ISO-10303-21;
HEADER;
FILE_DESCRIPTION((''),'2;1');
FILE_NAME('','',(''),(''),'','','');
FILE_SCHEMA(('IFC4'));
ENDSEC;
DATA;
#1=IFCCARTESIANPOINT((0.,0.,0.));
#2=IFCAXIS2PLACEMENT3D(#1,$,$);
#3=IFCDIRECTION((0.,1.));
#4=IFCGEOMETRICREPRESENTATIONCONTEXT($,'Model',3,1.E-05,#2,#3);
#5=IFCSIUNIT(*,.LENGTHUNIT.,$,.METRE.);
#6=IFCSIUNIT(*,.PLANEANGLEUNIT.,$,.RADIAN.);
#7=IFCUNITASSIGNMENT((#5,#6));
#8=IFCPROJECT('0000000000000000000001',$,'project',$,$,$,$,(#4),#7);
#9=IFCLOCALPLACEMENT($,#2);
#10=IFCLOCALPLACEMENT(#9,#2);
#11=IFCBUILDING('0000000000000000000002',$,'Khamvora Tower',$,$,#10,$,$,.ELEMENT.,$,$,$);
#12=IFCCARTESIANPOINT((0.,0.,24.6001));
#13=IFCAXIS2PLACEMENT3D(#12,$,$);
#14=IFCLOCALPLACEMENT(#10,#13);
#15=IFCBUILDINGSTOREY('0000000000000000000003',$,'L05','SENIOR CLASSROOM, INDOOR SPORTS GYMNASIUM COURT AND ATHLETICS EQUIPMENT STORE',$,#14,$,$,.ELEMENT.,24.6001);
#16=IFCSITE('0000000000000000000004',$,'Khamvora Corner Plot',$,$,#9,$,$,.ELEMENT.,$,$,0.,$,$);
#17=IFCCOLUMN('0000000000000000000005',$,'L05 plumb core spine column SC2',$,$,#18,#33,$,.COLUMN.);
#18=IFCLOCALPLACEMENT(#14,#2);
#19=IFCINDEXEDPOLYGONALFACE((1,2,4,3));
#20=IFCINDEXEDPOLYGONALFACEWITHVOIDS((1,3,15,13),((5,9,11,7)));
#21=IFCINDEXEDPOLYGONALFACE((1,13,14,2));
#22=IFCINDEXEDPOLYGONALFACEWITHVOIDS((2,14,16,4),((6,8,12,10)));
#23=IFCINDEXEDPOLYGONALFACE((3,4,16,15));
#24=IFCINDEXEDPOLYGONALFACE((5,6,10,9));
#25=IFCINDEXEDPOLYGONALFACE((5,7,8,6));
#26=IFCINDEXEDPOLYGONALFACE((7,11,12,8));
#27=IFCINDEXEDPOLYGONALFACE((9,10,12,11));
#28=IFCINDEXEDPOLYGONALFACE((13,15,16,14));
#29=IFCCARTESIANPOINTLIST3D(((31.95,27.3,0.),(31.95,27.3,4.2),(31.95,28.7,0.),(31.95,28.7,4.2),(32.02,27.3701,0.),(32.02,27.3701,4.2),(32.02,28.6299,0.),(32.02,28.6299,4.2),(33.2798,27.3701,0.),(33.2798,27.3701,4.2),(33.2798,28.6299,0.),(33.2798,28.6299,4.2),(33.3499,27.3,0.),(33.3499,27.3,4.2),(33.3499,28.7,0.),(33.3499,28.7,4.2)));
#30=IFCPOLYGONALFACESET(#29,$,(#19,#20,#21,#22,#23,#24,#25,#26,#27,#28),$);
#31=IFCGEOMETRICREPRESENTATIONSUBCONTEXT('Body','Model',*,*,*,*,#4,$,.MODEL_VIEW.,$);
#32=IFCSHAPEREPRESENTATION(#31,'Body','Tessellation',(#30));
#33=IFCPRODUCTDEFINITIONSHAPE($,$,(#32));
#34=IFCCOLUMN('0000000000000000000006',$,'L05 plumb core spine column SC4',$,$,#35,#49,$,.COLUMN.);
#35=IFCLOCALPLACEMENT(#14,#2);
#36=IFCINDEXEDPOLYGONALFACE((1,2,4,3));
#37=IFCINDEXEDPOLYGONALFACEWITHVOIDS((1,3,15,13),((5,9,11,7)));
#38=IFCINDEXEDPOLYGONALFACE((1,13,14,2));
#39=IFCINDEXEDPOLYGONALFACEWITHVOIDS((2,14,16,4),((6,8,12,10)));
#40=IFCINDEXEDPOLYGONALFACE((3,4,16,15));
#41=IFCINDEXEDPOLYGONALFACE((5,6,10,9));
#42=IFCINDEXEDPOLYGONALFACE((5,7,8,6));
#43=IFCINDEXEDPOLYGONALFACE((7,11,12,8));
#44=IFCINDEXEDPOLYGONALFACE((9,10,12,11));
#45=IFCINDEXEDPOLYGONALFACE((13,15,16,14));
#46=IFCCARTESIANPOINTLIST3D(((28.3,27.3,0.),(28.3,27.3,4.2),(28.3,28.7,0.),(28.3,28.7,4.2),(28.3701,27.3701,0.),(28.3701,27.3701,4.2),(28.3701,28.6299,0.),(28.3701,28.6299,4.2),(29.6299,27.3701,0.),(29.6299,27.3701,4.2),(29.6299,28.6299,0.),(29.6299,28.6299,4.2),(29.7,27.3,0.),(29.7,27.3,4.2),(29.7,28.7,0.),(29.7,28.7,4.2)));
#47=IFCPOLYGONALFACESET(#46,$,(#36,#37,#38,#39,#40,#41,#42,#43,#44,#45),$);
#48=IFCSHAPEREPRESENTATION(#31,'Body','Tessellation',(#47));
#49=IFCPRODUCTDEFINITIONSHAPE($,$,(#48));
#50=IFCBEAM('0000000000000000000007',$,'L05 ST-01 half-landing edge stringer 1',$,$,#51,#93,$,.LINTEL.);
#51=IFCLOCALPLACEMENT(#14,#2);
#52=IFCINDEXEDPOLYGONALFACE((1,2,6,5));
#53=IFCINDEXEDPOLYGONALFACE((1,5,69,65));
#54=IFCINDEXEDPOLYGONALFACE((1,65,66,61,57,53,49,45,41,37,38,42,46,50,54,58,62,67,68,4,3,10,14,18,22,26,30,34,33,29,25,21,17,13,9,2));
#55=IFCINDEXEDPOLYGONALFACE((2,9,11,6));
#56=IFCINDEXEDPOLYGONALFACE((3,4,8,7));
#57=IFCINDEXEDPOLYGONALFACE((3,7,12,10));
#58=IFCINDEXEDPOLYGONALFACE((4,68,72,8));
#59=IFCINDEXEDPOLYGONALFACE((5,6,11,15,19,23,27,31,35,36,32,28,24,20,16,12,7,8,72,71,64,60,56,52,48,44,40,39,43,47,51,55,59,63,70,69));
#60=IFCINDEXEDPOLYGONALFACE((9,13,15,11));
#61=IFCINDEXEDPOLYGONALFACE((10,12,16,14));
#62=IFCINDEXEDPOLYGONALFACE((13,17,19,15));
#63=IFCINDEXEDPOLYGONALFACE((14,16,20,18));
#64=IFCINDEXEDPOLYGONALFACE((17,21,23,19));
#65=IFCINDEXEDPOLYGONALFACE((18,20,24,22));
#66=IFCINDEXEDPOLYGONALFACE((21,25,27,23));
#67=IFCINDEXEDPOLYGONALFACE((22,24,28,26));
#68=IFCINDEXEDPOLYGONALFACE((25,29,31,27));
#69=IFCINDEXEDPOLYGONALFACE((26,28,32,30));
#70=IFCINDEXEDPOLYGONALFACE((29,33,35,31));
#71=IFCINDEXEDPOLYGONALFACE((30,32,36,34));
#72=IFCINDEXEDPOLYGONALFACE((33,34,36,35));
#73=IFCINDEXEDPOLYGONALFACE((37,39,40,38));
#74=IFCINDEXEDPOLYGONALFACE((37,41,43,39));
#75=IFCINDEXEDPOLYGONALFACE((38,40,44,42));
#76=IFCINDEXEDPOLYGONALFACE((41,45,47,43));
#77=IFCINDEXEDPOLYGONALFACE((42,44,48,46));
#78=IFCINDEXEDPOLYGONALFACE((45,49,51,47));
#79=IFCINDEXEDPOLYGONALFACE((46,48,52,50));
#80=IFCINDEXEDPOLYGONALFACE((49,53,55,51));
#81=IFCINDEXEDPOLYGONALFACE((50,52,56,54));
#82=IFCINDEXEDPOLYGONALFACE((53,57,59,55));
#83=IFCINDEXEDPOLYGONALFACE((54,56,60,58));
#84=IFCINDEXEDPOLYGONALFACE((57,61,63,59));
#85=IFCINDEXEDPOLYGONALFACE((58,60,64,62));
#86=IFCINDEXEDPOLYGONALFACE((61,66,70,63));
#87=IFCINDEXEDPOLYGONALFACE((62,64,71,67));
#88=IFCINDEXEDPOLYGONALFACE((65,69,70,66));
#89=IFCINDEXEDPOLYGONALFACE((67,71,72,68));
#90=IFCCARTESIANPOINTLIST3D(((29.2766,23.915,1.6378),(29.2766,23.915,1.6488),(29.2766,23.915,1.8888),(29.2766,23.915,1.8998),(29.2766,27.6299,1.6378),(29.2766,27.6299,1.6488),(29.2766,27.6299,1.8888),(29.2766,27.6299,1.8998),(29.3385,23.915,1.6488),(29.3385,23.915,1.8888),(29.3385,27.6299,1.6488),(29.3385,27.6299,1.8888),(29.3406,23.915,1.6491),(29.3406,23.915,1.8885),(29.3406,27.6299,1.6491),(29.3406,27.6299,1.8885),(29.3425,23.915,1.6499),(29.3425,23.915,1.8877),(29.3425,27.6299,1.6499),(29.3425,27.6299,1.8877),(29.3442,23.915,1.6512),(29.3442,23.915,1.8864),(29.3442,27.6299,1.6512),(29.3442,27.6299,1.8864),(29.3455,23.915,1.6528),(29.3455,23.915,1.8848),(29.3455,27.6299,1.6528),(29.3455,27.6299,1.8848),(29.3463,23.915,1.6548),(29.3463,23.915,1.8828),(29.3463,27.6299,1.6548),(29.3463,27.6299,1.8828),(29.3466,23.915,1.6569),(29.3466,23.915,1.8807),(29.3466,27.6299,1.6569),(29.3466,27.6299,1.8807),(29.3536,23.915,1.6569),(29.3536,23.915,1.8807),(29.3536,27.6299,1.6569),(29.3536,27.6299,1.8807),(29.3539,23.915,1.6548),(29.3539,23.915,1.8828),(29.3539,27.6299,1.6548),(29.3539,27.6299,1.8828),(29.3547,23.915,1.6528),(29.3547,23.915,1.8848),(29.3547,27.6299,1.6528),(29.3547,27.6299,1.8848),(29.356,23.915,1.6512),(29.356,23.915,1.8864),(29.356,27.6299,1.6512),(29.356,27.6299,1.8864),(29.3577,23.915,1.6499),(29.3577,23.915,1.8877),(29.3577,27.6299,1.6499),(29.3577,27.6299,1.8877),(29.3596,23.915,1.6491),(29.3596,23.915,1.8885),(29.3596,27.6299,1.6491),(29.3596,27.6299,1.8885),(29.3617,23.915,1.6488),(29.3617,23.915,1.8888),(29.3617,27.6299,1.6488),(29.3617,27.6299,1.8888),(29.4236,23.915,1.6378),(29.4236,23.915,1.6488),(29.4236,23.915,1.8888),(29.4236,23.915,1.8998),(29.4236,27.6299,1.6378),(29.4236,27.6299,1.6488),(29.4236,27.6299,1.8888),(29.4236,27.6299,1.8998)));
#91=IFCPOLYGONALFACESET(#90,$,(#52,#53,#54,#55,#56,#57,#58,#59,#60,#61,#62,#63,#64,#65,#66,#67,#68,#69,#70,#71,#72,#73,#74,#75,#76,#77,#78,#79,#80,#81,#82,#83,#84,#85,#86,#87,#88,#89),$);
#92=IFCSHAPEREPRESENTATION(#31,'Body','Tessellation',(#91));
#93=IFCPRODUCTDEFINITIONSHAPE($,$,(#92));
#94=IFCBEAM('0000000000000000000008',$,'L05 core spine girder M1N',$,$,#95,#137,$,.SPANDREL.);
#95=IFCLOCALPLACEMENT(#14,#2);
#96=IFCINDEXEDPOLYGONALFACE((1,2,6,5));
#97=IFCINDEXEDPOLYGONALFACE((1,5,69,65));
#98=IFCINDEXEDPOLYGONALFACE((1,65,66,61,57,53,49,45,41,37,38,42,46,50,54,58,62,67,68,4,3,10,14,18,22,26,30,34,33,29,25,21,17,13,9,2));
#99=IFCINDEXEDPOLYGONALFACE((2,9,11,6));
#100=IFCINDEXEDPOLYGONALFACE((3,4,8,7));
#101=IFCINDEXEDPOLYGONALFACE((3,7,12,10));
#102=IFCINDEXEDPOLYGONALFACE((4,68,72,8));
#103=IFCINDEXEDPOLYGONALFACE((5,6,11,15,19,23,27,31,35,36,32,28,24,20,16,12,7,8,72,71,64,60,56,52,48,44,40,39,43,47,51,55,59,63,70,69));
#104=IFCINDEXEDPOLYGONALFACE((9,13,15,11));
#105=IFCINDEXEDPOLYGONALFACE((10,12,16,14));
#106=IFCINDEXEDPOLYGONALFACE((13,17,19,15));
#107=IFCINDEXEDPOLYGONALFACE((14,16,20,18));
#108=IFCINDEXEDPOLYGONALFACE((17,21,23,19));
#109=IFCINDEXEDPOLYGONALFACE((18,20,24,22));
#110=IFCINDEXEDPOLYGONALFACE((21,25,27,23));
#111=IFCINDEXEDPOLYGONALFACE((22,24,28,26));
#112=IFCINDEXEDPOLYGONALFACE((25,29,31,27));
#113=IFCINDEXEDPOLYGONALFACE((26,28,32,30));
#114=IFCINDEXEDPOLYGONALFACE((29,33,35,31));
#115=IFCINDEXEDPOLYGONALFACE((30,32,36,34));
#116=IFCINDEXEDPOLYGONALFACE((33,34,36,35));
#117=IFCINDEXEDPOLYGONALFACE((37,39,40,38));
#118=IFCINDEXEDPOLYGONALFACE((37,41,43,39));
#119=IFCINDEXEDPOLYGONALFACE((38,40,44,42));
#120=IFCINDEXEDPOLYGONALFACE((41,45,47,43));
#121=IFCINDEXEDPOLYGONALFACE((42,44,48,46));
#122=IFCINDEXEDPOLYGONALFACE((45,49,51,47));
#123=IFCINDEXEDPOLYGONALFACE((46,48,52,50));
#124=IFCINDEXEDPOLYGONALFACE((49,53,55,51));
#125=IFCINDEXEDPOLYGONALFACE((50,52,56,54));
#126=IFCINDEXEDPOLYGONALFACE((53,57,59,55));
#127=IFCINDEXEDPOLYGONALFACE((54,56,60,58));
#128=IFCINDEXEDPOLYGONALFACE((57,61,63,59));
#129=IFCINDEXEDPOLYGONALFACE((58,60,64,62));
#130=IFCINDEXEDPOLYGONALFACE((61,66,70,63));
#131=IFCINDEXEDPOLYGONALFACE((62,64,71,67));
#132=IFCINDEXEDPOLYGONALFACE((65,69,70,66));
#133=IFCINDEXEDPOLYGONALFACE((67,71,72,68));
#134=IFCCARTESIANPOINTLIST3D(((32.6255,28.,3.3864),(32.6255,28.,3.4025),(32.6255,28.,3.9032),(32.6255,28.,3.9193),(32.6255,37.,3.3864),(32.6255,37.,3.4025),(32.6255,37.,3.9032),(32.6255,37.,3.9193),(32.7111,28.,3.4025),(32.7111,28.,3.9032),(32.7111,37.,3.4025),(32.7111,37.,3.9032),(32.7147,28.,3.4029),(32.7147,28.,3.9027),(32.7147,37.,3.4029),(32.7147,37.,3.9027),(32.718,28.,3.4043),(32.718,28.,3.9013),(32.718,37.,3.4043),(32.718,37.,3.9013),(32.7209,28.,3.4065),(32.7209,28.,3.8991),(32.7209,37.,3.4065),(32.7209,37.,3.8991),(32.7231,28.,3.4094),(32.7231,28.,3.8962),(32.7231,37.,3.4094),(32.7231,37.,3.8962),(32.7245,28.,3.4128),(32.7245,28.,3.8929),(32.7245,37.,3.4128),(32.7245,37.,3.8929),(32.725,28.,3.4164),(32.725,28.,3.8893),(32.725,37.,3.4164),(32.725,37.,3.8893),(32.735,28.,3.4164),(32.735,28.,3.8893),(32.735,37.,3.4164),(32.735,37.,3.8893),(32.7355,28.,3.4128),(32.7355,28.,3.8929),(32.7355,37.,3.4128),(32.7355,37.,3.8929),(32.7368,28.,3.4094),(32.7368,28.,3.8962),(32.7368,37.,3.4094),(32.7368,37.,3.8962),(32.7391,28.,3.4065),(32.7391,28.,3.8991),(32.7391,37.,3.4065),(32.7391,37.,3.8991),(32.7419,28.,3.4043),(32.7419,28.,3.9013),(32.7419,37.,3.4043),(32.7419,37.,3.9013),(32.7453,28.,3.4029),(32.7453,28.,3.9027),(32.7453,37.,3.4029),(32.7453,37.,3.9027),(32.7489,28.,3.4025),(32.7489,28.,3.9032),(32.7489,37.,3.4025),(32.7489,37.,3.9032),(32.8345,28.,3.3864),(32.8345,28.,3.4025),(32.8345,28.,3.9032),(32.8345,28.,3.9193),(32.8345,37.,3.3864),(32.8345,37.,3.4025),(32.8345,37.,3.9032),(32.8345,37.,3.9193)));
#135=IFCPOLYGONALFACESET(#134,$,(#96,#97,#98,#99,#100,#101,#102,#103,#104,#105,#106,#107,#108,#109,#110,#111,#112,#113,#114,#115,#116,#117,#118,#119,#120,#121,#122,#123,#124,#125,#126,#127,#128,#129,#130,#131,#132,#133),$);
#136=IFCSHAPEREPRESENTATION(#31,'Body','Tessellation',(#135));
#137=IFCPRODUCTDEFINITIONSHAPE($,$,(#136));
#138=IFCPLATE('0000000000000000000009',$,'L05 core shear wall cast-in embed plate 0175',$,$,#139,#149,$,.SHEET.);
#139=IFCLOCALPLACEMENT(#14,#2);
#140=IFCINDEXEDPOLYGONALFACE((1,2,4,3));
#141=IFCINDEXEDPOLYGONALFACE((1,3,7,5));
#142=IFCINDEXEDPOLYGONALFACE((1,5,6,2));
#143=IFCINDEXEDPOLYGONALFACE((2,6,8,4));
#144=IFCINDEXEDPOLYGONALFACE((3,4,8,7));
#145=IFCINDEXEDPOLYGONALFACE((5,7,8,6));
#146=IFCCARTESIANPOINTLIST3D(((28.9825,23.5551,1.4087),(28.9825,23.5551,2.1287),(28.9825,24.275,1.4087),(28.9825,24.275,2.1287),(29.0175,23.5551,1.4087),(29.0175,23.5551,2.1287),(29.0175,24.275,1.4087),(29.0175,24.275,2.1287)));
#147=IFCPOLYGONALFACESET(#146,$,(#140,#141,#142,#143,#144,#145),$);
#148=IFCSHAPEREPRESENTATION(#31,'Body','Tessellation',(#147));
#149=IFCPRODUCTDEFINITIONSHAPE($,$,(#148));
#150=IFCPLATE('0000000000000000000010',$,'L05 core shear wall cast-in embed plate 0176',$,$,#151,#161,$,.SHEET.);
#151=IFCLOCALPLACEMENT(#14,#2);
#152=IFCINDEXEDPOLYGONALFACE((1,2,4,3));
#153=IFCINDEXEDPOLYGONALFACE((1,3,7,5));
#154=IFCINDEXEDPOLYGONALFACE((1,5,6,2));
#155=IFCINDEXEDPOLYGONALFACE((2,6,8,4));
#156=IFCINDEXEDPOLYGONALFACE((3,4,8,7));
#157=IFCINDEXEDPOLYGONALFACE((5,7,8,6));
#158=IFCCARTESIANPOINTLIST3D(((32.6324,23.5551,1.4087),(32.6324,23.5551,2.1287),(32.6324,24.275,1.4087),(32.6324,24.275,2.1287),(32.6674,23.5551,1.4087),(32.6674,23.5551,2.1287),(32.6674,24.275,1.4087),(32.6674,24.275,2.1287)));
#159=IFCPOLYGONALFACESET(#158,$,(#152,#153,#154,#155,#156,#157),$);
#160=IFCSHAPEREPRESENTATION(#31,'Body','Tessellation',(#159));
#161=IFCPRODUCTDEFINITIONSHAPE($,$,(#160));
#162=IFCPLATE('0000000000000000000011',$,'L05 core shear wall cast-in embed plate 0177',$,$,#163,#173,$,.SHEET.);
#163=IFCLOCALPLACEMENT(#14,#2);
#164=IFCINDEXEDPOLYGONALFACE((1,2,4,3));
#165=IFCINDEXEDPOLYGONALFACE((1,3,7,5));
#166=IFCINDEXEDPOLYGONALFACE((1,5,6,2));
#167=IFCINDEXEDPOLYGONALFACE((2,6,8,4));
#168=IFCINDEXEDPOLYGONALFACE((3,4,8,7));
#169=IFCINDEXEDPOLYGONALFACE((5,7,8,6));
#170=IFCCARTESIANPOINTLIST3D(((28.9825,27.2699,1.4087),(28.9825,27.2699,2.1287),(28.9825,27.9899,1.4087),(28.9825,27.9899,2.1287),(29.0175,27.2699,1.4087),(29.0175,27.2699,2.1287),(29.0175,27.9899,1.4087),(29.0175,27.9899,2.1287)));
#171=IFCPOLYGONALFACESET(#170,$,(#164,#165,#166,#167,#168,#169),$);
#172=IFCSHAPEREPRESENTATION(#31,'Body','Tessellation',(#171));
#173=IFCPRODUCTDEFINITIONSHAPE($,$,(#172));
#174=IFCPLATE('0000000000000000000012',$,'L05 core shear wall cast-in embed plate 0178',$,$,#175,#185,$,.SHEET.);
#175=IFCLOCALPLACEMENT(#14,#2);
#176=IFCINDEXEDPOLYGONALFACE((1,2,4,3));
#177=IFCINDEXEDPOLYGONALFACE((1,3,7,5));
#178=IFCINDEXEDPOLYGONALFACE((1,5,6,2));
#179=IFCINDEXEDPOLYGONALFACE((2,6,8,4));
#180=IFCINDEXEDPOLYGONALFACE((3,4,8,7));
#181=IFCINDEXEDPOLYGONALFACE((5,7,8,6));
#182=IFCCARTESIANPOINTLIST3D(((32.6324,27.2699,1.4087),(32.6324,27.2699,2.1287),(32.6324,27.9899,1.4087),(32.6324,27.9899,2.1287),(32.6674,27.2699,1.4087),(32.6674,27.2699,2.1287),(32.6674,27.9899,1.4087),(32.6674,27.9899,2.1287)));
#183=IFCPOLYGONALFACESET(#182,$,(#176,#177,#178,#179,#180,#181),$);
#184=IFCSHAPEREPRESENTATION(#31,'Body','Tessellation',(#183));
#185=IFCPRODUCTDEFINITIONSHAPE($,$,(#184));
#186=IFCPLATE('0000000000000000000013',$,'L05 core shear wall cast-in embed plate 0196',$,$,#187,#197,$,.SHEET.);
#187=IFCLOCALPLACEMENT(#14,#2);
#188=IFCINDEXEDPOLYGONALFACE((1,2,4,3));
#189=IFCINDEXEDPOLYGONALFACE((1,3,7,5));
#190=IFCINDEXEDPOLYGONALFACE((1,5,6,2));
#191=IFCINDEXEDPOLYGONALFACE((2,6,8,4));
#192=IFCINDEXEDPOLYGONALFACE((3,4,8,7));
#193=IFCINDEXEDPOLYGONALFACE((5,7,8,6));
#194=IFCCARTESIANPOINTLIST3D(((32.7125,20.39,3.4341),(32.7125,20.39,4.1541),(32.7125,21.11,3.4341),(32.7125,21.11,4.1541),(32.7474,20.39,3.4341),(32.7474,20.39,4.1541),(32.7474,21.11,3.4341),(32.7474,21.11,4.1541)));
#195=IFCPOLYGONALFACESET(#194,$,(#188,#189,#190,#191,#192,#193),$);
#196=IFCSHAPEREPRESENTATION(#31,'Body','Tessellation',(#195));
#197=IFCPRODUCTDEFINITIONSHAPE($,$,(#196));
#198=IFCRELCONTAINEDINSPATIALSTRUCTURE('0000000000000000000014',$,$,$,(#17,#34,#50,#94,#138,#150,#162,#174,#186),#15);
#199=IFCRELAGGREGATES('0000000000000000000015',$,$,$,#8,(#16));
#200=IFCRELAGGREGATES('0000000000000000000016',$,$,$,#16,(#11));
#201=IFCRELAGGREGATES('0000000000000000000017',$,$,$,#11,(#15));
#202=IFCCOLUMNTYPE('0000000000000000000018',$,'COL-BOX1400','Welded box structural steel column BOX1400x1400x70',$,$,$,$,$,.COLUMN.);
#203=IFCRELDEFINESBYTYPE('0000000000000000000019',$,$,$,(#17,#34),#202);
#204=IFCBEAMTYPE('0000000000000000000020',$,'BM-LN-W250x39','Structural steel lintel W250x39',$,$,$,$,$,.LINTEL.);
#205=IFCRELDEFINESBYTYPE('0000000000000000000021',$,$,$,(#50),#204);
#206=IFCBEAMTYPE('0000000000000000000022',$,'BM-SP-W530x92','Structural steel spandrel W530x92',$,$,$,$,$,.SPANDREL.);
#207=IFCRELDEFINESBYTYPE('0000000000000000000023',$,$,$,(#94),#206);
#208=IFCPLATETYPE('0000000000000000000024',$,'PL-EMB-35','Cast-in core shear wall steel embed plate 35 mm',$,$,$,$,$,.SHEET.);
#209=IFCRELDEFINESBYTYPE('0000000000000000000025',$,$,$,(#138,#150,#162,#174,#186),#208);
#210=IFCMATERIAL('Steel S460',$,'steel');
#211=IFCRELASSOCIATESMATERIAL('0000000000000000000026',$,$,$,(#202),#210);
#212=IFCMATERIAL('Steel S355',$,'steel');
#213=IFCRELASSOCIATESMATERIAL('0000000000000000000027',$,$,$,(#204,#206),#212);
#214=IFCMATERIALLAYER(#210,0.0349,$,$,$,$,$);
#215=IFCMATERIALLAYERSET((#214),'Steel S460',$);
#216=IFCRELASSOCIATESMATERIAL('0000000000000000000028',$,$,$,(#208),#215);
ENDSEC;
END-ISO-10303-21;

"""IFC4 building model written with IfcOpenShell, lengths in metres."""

from ifc_helpers import new_model, si_unit, direction, frame, origin, origin_2d, place, context, subcontext, project, spatial, rectangle, hollow_rectangle, i_section, extrude, material, layer, layer_set, material_profile, profile_set, type_object, element, save


model = new_model("IFC4")

# Units and contexts
model_context = context("Model", 3, precision=1e-05, world=origin(), true_north=direction((0.0, 1.0)))
body_context = subcontext(model_context, "Body", "Model", "MODEL_VIEW")
ifc_project = project(units=[si_unit("LENGTHUNIT", "METRE"), si_unit("PLANEANGLEUNIT", "RADIAN")], contexts=[model_context])

# Site, building, storey
site_placement = place(None, origin())
site = spatial("IfcSite", under=ifc_project, at=site_placement, Name="Khamvora Corner Plot", CompositionType="ELEMENT", RefElevation=0.0)
building_placement = place(site_placement, origin())
building = spatial("IfcBuilding", under=site, at=building_placement, Name="Khamvora Tower", CompositionType="ELEMENT")
storey_placement = place(building_placement, frame((0.0, 0.0, 24.6001)))
storey = spatial("IfcBuildingStorey", under=building, at=storey_placement, Name="L05", Description="SENIOR CLASSROOM, INDOOR SPORTS GYMNASIUM COURT AND ATHLETICS EQUIPMENT STORE", CompositionType="ELEMENT", Elevation=24.6001)

# Columns
ifc_material_1 = material(Name="Steel S460", Category="steel")
ifc_material_profile_1 = material_profile(ifc_material_1, hollow_rectangle(XDim=1.3999, YDim=1.3999, WallThickness=0.0701, at=origin_2d()), Name="BOX1400x1400x70")
ifc_profile_set_1 = profile_set([ifc_material_profile_1], Name="Steel S460")
column_type = type_object("IfcColumnType", Name="COL-BOX1400", Description="Welded box structural steel column BOX1400x1400x70", PredefinedType="COLUMN", material=ifc_profile_set_1)
for number, where, z_axis, x_axis, name in (
    (1, (32.6499, 28.0, 0.0), (0.0, 0.0, 1.0), (1.0, 0.0, 0.0), "L05 plumb core spine column SC2"),
    (2, (29.0, 28.0, 0.0), (0.0, 0.0, 1.0), (1.0, 0.0, 0.0), "L05 plumb core spine column SC4"),
):
    element("IfcColumn", number, at=place(storey_placement, frame(where, z_axis=z_axis, x_axis=x_axis)), inside=storey, type_object=column_type, Name=name, PredefinedType="COLUMN", context=body_context, shape_type="SweptSolid", body=[
        extrude(hollow_rectangle(XDim=1.3999, YDim=1.3999, WallThickness=0.0701, at=origin_2d()), origin(), (0.0, 0.0, 1.0), 4.2),
    ])

# Beams
ifc_material_2 = material(Name="Steel S355", Category="steel")
ifc_material_profile_2 = material_profile(ifc_material_2, i_section(OverallWidth=0.147, OverallDepth=0.262, WebThickness=0.0071, FlangeThickness=0.011, FilletRadius=0.0081, at=origin_2d()), Name="W250x39")
ifc_profile_set_2 = profile_set([ifc_material_profile_2], Name="Steel S355")
beam_type_1 = type_object("IfcBeamType", Name="BM-LN-W250x39", Description="Structural steel lintel W250x39", PredefinedType="LINTEL", material=ifc_profile_set_2)
beam_1_placement = place(storey_placement, frame((29.3501, 23.915, 1.7688), z_axis=(0.0, 1.0, 0.0), x_axis=(-1.0, 0.0, 0.0)))
element("IfcBeam", 3, at=beam_1_placement, inside=storey, type_object=beam_type_1, Name="L05 ST-01 half-landing edge stringer 1", PredefinedType="LINTEL", context=body_context, shape_type="SweptSolid", body=[
    extrude(i_section(OverallWidth=0.147, OverallDepth=0.262, WebThickness=0.0071, FlangeThickness=0.011, FilletRadius=0.0081, at=origin_2d()), origin(), (0.0, 0.0, 1.0), 3.7148),
])
ifc_material_profile_3 = material_profile(ifc_material_2, i_section(OverallWidth=0.209, OverallDepth=0.533, WebThickness=0.01, FlangeThickness=0.0161, FilletRadius=0.0139, at=origin_2d()), Name="W530x92")
ifc_profile_set_3 = profile_set([ifc_material_profile_3], Name="Steel S355")
beam_type_2 = type_object("IfcBeamType", Name="BM-SP-W530x92", Description="Structural steel spandrel W530x92", PredefinedType="SPANDREL", material=ifc_profile_set_3)
beam_2_placement = place(storey_placement, frame((32.73, 28.0, 3.6528), z_axis=(0.0, 1.0, 0.0), x_axis=(-1.0, 0.0, 0.0)))
element("IfcBeam", 4, at=beam_2_placement, inside=storey, type_object=beam_type_2, Name="L05 core spine girder M1N", PredefinedType="SPANDREL", context=body_context, shape_type="SweptSolid", body=[
    extrude(i_section(OverallWidth=0.209, OverallDepth=0.533, WebThickness=0.01, FlangeThickness=0.0161, FilletRadius=0.0139, at=origin_2d()), origin(), (0.0, 0.0, 1.0), 9.0),
])

# Plates
ifc_layer_1 = layer(ifc_material_1, 0.0349)
ifc_layer_set_1 = layer_set([ifc_layer_1], Name="Steel S460")
plate_type = type_object("IfcPlateType", Name="PL-EMB-35", Description="Cast-in core shear wall steel embed plate 35 mm", PredefinedType="SHEET", material=ifc_layer_set_1)
for number, where, z_axis, x_axis, name in (
    (5, (29.0, 23.915, 1.4087), (0.0, 0.0, 1.0), (1.0, 0.0, 0.0), "L05 core shear wall cast-in embed plate 0175"),
    (6, (32.6499, 23.915, 1.4087), (0.0, 0.0, 1.0), (1.0, 0.0, 0.0), "L05 core shear wall cast-in embed plate 0176"),
    (7, (29.0, 27.6299, 1.4087), (0.0, 0.0, 1.0), (1.0, 0.0, 0.0), "L05 core shear wall cast-in embed plate 0177"),
    (8, (32.6499, 27.6299, 1.4087), (0.0, 0.0, 1.0), (1.0, 0.0, 0.0), "L05 core shear wall cast-in embed plate 0178"),
    (9, (32.73, 20.75, 3.4341), (0.0, 0.0, 1.0), (1.0, 0.0, 0.0), "L05 core shear wall cast-in embed plate 0196"),
):
    element("IfcPlate", number, at=place(storey_placement, frame(where, z_axis=z_axis, x_axis=x_axis)), inside=storey, type_object=plate_type, Name=name, PredefinedType="SHEET", context=body_context, shape_type="SweptSolid", body=[
        extrude(rectangle(XDim=0.0349, YDim=0.72, at=origin_2d()), origin(), (0.0, 0.0, 1.0), 0.72),
    ])

save(model, "model.ifc")
